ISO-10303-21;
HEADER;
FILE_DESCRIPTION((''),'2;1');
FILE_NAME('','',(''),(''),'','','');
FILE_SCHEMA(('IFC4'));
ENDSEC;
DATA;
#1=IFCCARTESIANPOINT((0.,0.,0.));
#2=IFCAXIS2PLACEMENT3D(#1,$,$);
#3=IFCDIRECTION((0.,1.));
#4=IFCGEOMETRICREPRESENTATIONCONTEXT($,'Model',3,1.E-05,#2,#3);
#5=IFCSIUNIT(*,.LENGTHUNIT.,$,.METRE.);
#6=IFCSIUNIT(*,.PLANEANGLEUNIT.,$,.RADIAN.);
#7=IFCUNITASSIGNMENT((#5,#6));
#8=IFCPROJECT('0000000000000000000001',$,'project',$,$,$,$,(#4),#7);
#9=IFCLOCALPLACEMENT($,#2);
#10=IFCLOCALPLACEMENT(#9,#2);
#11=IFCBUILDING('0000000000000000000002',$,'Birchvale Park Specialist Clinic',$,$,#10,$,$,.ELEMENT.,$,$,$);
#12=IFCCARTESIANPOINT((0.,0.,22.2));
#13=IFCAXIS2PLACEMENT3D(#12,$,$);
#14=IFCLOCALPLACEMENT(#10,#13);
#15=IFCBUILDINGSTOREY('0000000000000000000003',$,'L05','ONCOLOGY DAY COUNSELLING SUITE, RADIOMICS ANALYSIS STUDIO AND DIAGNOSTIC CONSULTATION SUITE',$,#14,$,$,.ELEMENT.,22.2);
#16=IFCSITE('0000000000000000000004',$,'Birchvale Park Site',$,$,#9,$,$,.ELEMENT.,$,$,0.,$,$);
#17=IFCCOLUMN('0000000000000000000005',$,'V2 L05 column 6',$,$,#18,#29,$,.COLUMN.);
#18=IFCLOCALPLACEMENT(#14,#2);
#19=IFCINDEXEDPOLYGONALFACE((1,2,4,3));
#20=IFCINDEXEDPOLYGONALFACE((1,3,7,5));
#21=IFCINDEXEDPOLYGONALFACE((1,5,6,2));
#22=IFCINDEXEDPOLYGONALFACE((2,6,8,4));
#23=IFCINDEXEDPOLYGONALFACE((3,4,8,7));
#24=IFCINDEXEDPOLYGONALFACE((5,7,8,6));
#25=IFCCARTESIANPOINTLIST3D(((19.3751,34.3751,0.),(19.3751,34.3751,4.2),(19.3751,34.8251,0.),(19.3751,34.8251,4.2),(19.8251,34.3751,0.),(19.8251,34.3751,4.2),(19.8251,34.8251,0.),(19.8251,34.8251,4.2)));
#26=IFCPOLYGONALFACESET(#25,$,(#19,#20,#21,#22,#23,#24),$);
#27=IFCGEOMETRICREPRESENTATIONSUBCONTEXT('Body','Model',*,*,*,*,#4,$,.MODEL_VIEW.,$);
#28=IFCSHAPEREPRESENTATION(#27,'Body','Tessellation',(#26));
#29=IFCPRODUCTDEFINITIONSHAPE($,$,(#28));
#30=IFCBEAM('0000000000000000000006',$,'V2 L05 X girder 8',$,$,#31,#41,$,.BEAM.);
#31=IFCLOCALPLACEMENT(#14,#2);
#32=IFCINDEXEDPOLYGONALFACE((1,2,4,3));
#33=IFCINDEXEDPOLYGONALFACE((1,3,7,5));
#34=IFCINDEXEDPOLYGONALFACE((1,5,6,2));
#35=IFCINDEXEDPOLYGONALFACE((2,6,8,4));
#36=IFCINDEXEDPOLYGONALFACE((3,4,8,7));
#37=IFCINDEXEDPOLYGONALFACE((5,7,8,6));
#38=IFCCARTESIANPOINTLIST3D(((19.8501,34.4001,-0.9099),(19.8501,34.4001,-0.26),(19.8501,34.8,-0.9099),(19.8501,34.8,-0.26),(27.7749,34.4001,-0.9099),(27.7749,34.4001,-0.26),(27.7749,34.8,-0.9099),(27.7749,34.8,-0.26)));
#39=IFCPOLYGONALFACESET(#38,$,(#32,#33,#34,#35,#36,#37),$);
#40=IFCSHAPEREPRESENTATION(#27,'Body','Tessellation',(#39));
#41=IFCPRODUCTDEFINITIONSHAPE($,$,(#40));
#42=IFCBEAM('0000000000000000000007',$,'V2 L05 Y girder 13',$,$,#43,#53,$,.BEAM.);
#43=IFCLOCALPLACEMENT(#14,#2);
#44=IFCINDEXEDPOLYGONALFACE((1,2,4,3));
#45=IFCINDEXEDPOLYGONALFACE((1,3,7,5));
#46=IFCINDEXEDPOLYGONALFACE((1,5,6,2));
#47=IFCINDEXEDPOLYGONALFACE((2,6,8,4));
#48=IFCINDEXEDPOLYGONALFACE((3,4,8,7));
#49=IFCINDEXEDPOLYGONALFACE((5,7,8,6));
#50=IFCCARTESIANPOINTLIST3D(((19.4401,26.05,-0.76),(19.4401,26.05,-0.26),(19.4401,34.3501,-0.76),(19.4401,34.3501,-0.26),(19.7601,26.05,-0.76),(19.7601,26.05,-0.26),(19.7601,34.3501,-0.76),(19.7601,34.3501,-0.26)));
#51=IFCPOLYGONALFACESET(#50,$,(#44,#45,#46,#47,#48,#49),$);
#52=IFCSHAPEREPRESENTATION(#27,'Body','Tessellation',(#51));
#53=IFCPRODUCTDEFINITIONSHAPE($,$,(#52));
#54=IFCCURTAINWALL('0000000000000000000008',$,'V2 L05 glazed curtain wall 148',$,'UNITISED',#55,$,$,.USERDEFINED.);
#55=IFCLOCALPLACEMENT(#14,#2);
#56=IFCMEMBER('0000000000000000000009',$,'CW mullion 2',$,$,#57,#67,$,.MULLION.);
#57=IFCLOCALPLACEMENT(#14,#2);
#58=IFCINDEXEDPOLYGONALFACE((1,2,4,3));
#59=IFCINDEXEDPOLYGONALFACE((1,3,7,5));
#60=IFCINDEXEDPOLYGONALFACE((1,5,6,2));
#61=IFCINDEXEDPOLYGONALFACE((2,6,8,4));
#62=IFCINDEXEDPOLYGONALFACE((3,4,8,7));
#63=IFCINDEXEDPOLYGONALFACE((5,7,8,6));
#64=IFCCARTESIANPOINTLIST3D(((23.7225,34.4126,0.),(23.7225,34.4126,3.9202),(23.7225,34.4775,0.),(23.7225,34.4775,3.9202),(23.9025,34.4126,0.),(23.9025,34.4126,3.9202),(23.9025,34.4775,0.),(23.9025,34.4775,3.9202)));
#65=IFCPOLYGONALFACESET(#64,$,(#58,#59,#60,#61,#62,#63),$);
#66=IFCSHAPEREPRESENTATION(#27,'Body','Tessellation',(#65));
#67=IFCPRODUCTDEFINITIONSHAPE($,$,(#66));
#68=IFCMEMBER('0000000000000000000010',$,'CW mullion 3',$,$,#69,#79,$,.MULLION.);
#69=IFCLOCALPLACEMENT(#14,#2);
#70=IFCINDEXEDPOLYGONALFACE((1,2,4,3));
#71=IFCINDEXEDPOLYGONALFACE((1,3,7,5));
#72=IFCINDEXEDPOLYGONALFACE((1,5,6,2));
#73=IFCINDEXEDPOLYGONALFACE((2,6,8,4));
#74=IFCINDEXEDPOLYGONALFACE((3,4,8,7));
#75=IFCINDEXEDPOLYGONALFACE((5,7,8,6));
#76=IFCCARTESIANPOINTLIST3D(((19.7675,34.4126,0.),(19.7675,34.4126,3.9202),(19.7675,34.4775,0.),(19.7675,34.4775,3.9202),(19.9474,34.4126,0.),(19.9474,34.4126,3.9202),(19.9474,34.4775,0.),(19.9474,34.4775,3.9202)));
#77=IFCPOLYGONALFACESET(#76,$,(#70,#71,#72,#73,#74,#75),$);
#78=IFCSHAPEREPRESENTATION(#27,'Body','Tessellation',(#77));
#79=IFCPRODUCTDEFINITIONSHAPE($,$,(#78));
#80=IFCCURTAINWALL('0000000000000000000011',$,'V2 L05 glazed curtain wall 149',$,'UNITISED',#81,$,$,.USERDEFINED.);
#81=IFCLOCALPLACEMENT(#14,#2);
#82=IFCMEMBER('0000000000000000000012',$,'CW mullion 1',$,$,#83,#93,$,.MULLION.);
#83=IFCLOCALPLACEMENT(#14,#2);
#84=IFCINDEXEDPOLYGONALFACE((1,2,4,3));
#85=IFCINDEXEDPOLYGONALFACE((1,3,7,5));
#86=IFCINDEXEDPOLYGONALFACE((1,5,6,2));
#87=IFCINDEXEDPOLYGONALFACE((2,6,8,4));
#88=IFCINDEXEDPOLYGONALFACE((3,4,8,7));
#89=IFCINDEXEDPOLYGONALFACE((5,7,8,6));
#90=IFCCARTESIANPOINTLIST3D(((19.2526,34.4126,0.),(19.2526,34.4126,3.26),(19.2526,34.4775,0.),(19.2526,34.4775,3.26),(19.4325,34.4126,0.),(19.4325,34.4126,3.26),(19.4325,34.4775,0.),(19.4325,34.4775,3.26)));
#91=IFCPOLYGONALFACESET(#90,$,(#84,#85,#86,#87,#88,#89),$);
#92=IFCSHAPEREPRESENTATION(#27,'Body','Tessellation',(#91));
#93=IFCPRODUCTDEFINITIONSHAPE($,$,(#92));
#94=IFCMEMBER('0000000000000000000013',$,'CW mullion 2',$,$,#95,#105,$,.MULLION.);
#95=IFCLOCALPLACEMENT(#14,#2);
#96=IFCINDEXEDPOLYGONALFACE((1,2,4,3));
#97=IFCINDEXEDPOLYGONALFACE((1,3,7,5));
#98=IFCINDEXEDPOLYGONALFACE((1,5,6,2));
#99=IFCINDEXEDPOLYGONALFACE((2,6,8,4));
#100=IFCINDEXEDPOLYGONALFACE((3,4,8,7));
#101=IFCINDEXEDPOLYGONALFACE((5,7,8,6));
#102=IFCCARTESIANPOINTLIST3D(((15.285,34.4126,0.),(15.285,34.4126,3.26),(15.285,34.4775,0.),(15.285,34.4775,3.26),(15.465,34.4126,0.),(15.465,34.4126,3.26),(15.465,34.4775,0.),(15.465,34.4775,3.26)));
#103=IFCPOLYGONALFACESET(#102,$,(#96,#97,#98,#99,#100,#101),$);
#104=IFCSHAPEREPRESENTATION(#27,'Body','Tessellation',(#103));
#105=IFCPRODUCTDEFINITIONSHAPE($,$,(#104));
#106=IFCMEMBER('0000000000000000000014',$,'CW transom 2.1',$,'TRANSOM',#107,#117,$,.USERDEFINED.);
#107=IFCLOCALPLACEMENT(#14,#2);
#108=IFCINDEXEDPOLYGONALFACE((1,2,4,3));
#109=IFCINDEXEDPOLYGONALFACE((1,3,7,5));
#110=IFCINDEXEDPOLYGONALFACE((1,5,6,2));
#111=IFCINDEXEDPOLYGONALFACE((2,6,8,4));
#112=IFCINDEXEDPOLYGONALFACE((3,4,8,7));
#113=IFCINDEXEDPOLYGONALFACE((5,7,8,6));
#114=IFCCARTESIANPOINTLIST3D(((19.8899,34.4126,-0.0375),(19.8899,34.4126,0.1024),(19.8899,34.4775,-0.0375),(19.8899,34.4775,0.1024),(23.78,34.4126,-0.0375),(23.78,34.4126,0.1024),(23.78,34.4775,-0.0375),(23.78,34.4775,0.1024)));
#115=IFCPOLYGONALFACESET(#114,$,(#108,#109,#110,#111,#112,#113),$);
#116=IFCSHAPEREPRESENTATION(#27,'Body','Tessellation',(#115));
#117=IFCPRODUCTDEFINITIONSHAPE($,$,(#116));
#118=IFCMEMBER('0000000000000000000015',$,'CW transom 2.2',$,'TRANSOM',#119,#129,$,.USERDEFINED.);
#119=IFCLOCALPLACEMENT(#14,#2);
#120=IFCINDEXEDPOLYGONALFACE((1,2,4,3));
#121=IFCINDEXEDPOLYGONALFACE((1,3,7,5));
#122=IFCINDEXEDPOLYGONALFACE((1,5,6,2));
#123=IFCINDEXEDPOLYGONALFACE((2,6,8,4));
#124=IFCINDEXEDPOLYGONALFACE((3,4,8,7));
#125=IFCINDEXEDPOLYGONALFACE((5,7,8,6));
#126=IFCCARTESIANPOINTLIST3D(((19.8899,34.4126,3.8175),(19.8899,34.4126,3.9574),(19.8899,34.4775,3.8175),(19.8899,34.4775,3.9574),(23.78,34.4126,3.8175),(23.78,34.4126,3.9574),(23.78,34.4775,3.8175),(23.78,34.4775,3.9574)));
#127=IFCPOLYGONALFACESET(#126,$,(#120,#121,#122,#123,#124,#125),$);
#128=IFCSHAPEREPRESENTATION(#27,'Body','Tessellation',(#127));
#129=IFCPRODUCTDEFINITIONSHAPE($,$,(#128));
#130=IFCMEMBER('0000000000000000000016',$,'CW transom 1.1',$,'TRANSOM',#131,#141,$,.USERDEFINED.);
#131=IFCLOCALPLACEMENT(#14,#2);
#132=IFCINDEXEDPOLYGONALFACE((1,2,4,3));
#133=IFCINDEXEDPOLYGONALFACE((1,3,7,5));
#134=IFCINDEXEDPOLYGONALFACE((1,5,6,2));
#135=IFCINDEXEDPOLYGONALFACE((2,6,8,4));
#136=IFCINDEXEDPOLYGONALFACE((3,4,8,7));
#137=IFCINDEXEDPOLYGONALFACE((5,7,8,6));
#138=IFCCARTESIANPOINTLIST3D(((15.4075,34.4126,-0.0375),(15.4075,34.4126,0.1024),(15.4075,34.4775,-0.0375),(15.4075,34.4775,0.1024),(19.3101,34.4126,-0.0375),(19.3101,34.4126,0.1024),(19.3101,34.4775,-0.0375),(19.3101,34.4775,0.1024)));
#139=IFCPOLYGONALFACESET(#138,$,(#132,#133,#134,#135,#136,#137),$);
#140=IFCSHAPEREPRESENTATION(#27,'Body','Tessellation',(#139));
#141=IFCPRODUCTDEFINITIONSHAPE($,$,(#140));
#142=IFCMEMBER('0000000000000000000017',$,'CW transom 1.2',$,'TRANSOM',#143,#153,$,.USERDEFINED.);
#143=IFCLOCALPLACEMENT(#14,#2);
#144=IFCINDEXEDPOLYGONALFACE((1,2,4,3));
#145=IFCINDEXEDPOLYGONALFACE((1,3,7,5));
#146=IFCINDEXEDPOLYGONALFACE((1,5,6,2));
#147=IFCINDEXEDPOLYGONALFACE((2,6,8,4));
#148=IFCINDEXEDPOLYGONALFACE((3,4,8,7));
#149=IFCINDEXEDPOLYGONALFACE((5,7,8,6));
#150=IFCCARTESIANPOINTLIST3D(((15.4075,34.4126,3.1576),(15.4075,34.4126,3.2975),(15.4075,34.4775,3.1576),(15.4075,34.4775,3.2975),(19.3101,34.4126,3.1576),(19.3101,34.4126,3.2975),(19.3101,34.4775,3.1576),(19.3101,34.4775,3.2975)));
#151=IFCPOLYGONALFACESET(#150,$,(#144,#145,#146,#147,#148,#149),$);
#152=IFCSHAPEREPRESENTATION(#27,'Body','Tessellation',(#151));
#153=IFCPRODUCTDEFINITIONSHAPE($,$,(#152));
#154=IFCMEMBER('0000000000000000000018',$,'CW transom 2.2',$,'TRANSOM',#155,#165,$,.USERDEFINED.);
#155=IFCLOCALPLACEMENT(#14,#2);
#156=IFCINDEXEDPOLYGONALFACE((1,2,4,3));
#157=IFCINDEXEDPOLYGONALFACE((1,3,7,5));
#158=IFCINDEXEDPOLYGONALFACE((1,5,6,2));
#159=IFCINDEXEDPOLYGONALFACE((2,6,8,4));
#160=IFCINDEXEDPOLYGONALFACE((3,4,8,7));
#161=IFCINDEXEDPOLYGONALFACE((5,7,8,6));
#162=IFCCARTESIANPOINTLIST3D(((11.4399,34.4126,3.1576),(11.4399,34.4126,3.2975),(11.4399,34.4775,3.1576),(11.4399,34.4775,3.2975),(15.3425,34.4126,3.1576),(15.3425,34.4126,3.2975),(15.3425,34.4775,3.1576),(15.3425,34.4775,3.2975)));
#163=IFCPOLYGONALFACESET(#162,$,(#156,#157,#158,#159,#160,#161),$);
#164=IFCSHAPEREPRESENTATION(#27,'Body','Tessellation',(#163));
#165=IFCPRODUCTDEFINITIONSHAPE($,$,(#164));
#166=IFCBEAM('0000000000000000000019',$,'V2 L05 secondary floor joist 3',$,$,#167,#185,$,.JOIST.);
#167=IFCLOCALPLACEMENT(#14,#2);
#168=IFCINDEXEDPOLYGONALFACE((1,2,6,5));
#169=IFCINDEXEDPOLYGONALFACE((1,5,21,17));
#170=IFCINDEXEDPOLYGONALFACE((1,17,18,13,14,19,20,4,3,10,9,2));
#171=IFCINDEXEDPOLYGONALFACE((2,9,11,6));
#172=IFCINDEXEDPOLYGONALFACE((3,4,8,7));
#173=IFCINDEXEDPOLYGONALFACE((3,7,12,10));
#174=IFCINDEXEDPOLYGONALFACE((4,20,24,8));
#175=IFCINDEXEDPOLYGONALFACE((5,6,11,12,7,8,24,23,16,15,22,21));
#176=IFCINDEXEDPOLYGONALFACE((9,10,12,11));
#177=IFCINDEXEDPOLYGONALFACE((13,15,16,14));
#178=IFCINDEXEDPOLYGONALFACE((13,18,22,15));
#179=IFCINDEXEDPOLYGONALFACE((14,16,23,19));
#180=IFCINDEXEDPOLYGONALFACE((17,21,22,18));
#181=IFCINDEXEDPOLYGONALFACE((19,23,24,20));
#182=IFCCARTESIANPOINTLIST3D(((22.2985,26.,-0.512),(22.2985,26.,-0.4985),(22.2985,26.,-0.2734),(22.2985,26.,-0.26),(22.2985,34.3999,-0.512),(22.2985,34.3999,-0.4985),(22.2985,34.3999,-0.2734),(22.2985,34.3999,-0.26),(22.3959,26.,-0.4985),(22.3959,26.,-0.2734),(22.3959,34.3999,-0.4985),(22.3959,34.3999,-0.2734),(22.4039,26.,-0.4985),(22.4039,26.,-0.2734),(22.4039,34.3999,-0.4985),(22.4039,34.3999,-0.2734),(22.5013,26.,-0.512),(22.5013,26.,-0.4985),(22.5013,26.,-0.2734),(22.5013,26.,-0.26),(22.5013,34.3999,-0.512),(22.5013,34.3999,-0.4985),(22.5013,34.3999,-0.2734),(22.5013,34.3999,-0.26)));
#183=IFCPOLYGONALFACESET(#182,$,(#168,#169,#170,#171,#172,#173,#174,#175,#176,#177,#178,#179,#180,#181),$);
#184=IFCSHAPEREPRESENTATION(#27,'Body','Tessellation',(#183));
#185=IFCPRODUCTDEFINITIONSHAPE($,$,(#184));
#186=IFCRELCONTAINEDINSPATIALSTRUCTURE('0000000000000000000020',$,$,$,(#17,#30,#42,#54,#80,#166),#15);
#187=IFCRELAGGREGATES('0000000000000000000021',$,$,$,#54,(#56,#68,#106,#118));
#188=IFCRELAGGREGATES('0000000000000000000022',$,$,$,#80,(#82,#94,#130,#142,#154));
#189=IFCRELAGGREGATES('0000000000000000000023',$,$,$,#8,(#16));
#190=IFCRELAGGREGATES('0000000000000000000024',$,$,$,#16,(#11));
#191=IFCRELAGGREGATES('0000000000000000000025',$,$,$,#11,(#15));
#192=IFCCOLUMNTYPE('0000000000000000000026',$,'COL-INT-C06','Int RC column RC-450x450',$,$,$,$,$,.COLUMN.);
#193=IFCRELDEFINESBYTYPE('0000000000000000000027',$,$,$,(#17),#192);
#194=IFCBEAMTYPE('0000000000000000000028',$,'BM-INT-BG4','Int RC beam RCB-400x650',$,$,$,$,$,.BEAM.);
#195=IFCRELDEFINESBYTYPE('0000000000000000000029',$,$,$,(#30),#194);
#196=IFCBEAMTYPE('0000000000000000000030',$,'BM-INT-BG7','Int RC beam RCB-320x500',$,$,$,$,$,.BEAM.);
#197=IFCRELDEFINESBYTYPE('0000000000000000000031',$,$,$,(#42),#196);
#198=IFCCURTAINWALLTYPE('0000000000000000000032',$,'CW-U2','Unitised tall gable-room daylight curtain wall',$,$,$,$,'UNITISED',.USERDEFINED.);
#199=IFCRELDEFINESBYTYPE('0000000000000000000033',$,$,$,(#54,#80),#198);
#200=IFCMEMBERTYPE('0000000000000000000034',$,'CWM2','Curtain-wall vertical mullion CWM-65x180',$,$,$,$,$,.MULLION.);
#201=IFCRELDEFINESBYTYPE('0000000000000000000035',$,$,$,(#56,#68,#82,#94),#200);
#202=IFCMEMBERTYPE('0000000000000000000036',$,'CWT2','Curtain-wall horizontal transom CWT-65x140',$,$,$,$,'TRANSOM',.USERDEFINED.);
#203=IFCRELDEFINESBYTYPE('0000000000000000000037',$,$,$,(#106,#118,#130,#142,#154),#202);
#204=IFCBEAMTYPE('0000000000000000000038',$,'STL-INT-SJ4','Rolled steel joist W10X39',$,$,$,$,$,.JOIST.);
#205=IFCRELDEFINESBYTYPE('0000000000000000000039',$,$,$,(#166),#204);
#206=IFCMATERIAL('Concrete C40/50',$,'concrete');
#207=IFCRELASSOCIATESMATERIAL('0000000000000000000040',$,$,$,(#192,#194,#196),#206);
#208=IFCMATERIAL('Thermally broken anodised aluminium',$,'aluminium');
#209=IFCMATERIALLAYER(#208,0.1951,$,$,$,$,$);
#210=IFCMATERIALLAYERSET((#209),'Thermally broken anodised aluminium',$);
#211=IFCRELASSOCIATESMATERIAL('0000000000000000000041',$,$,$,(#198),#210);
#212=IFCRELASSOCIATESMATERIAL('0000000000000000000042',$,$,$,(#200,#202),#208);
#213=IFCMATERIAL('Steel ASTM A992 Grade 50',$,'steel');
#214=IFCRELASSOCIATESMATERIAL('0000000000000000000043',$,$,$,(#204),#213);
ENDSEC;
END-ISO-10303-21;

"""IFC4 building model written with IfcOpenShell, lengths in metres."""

from ifc_helpers import new_model, si_unit, direction, frame, origin, origin_2d, place, context, subcontext, project, spatial, rectangle, i_section, extrude, material, layer, layer_set, material_profile, profile_set, type_object, element, aggregate, save


model = new_model("IFC4")

# Units and contexts
model_context = context("Model", 3, precision=1e-05, world=origin(), true_north=direction((0.0, 1.0)))
body_context = subcontext(model_context, "Body", "Model", "MODEL_VIEW")
ifc_project = project(units=[si_unit("LENGTHUNIT", "METRE"), si_unit("PLANEANGLEUNIT", "RADIAN")], contexts=[model_context])

# Site, building, storey
site_placement = place(None, origin())
site = spatial("IfcSite", under=ifc_project, at=site_placement, Name="Birchvale Park Site", CompositionType="ELEMENT", RefElevation=0.0)
building_placement = place(site_placement, origin())
building = spatial("IfcBuilding", under=site, at=building_placement, Name="Birchvale Park Specialist Clinic", CompositionType="ELEMENT")
storey_placement = place(building_placement, frame((0.0, 0.0, 22.2)))
storey = spatial("IfcBuildingStorey", under=building, at=storey_placement, Name="L05", Description="ONCOLOGY DAY COUNSELLING SUITE, RADIOMICS ANALYSIS STUDIO AND DIAGNOSTIC CONSULTATION SUITE", CompositionType="ELEMENT", Elevation=22.2)

# Column
ifc_material_1 = material(Name="Concrete C40/50", Category="concrete")
ifc_material_profile_1 = material_profile(ifc_material_1, rectangle(XDim=0.45, YDim=0.45, at=origin_2d()), Name="RC-450x450")
ifc_profile_set_1 = profile_set([ifc_material_profile_1], Name="Concrete C40/50")
column_type = type_object("IfcColumnType", Name="COL-INT-C06", Description="Int RC column RC-450x450", PredefinedType="COLUMN", material=ifc_profile_set_1)
column_placement = place(storey_placement, frame((19.6001, 34.6001, 0.0), z_axis=(0.0, 0.0, 1.0), x_axis=(1.0, 0.0, 0.0)))
element("IfcColumn", 1, at=column_placement, inside=storey, type_object=column_type, Name="V2 L05 column 6", PredefinedType="COLUMN", context=body_context, shape_type="SweptSolid", body=[
    extrude(rectangle(XDim=0.45, YDim=0.45, at=origin_2d()), origin(), (0.0, 0.0, 1.0), 4.2),
])

# Beams
ifc_material_profile_2 = material_profile(ifc_material_1, rectangle(XDim=0.3999, YDim=0.6499, at=origin_2d()), Name="RCB-400x650")
ifc_profile_set_2 = profile_set([ifc_material_profile_2], Name="Concrete C40/50")
beam_type_1 = type_object("IfcBeamType", Name="BM-INT-BG4", Description="Int RC beam RCB-400x650", PredefinedType="BEAM", material=ifc_profile_set_2)
beam_1_placement = place(storey_placement, frame((19.8501, 34.6001, -0.585), z_axis=(1.0, 0.0, 0.0), x_axis=(0.0, 1.0, 0.0)))
element("IfcBeam", 2, at=beam_1_placement, inside=storey, type_object=beam_type_1, Name="V2 L05 X girder 8", PredefinedType="BEAM", context=body_context, shape_type="SweptSolid", body=[
    extrude(rectangle(XDim=0.3999, YDim=0.6499, at=origin_2d()), origin(), (0.0, 0.0, 1.0), 7.9248),
])
ifc_material_profile_3 = material_profile(ifc_material_1, rectangle(XDim=0.3201, YDim=0.5, at=origin_2d()), Name="RCB-320x500")
ifc_profile_set_3 = profile_set([ifc_material_profile_3], Name="Concrete C40/50")
beam_type_2 = type_object("IfcBeamType", Name="BM-INT-BG7", Description="Int RC beam RCB-320x500", PredefinedType="BEAM", material=ifc_profile_set_3)
beam_2_placement = place(storey_placement, frame((19.6001, 26.05, -0.51), z_axis=(0.0, 1.0, 0.0), x_axis=(-1.0, 0.0, 0.0)))
element("IfcBeam", 3, at=beam_2_placement, inside=storey, type_object=beam_type_2, Name="V2 L05 Y girder 13", PredefinedType="BEAM", context=body_context, shape_type="SweptSolid", body=[
    extrude(rectangle(XDim=0.3201, YDim=0.5, at=origin_2d()), origin(), (0.0, 0.0, 1.0), 8.3),
])

# Curtain walls, members
ifc_material_2 = material(Name="Thermally broken anodised aluminium", Category="aluminium")
ifc_layer_1 = layer(ifc_material_2, 0.1951)
ifc_layer_set_1 = layer_set([ifc_layer_1], Name="Thermally broken anodised aluminium")
curtain_wall_type = type_object("IfcCurtainWallType", Name="CW-U2", Description="Unitised tall gable-room daylight curtain wall", ElementType="UNITISED", PredefinedType="USERDEFINED", material=ifc_layer_set_1)
curtain_wall_1_placement = place(storey_placement, origin())
curtain_wall_1 = element("IfcCurtainWall", 4, at=curtain_wall_1_placement, inside=storey, type_object=curtain_wall_type, Name="V2 L05 glazed curtain wall 148", ObjectType="UNITISED", PredefinedType="USERDEFINED")
ifc_material_profile_4 = material_profile(ifc_material_2, rectangle(XDim=0.0649, YDim=0.1799, at=origin_2d()), Name="CWM-65x180")
ifc_profile_set_4 = profile_set([ifc_material_profile_4], Name="Thermally broken anodised aluminium")
member_type_1 = type_object("IfcMemberType", Name="CWM2", Description="Curtain-wall vertical mullion CWM-65x180", PredefinedType="MULLION", material=ifc_profile_set_4)
member_1_placement = place(storey_placement, frame((23.8125, 34.4451, 0.0), z_axis=(0.0, 0.0, 1.0), x_axis=(0.0, -1.0, 0.0)))
member_1 = element("IfcMember", 5, at=member_1_placement, type_object=member_type_1, Name="CW mullion 2", PredefinedType="MULLION", context=body_context, shape_type="SweptSolid", body=[
    extrude(rectangle(XDim=0.0649, YDim=0.1799, at=origin_2d()), origin(), (0.0, 0.0, 1.0), 3.9202),
])
member_2_placement = place(storey_placement, frame((19.8574, 34.4451, 0.0), z_axis=(0.0, 0.0, 1.0), x_axis=(0.0, -1.0, 0.0)))
member_2 = element("IfcMember", 6, at=member_2_placement, type_object=member_type_1, Name="CW mullion 3", PredefinedType="MULLION", context=body_context, shape_type="SweptSolid", body=[
    extrude(rectangle(XDim=0.0649, YDim=0.1799, at=origin_2d()), origin(), (0.0, 0.0, 1.0), 3.9202),
])
curtain_wall_2_placement = place(storey_placement, origin())
curtain_wall_2 = element("IfcCurtainWall", 7, at=curtain_wall_2_placement, inside=storey, type_object=curtain_wall_type, Name="V2 L05 glazed curtain wall 149", ObjectType="UNITISED", PredefinedType="USERDEFINED")
member_3_placement = place(storey_placement, frame((19.3425, 34.4451, 0.0), z_axis=(0.0, 0.0, 1.0), x_axis=(0.0, -1.0, 0.0)))
member_3 = element("IfcMember", 8, at=member_3_placement, type_object=member_type_1, Name="CW mullion 1", PredefinedType="MULLION", context=body_context, shape_type="SweptSolid", body=[
    extrude(rectangle(XDim=0.0649, YDim=0.1799, at=origin_2d()), origin(), (0.0, 0.0, 1.0), 3.26),
])
member_4_placement = place(storey_placement, frame((15.375, 34.4451, 0.0), z_axis=(0.0, 0.0, 1.0), x_axis=(0.0, -1.0, 0.0)))
member_4 = element("IfcMember", 9, at=member_4_placement, type_object=member_type_1, Name="CW mullion 2", PredefinedType="MULLION", context=body_context, shape_type="SweptSolid", body=[
    extrude(rectangle(XDim=0.0649, YDim=0.1799, at=origin_2d()), origin(), (0.0, 0.0, 1.0), 3.26),
])

# Members
ifc_material_profile_5 = material_profile(ifc_material_2, rectangle(XDim=0.0649, YDim=0.1399, at=origin_2d()), Name="CWT-65x140")
ifc_profile_set_5 = profile_set([ifc_material_profile_5], Name="Thermally broken anodised aluminium")
member_type_2 = type_object("IfcMemberType", Name="CWT2", Description="Curtain-wall horizontal transom CWT-65x140", ElementType="TRANSOM", PredefinedType="USERDEFINED", material=ifc_profile_set_5)
member_5_placement = place(storey_placement, frame((23.78, 34.4451, 0.0325), z_axis=(-1.0, 0.0, 0.0), x_axis=(0.0, -1.0, 0.0)))
member_5 = element("IfcMember", 10, at=member_5_placement, type_object=member_type_2, Name="CW transom 2.1", ObjectType="TRANSOM", PredefinedType="USERDEFINED", context=body_context, shape_type="SweptSolid", body=[
    extrude(rectangle(XDim=0.0649, YDim=0.1399, at=origin_2d()), origin(), (0.0, 0.0, 1.0), 3.8901),
])
member_6_placement = place(storey_placement, frame((23.78, 34.4451, 3.8875), z_axis=(-1.0, 0.0, 0.0), x_axis=(0.0, -1.0, 0.0)))
member_6 = element("IfcMember", 11, at=member_6_placement, type_object=member_type_2, Name="CW transom 2.2", ObjectType="TRANSOM", PredefinedType="USERDEFINED", context=body_context, shape_type="SweptSolid", body=[
    extrude(rectangle(XDim=0.0649, YDim=0.1399, at=origin_2d()), origin(), (0.0, 0.0, 1.0), 3.8901),
])
member_7_placement = place(storey_placement, frame((19.3101, 34.4451, 0.0325), z_axis=(-1.0, 0.0, 0.0), x_axis=(0.0, -1.0, 0.0)))
member_7 = element("IfcMember", 12, at=member_7_placement, type_object=member_type_2, Name="CW transom 1.1", ObjectType="TRANSOM", PredefinedType="USERDEFINED", context=body_context, shape_type="SweptSolid", body=[
    extrude(rectangle(XDim=0.0649, YDim=0.1399, at=origin_2d()), origin(), (0.0, 0.0, 1.0), 3.9026),
])
member_8_placement = place(storey_placement, frame((19.3101, 34.4451, 3.2275), z_axis=(-1.0, 0.0, 0.0), x_axis=(0.0, -1.0, 0.0)))
member_8 = element("IfcMember", 13, at=member_8_placement, type_object=member_type_2, Name="CW transom 1.2", ObjectType="TRANSOM", PredefinedType="USERDEFINED", context=body_context, shape_type="SweptSolid", body=[
    extrude(rectangle(XDim=0.0649, YDim=0.1399, at=origin_2d()), origin(), (0.0, 0.0, 1.0), 3.9026),
])
member_9_placement = place(storey_placement, frame((15.3425, 34.4451, 3.2275), z_axis=(-1.0, 0.0, 0.0), x_axis=(0.0, -1.0, 0.0)))
member_9 = element("IfcMember", 14, at=member_9_placement, type_object=member_type_2, Name="CW transom 2.2", ObjectType="TRANSOM", PredefinedType="USERDEFINED", context=body_context, shape_type="SweptSolid", body=[
    extrude(rectangle(XDim=0.0649, YDim=0.1399, at=origin_2d()), origin(), (0.0, 0.0, 1.0), 3.9026),
])

# Beam
ifc_material_3 = material(Name="Steel ASTM A992 Grade 50", Category="steel")
ifc_material_profile_6 = material_profile(ifc_material_3, i_section(OverallWidth=0.2029, OverallDepth=0.252, WebThickness=0.0081, FlangeThickness=0.0134, at=origin_2d()), Name="W10X39")
ifc_profile_set_6 = profile_set([ifc_material_profile_6], Name="Steel ASTM A992 Grade 50")
beam_type_3 = type_object("IfcBeamType", Name="STL-INT-SJ4", Description="Rolled steel joist W10X39", PredefinedType="JOIST", material=ifc_profile_set_6)
beam_3_placement = place(storey_placement, frame((22.3999, 26.0, -0.386), z_axis=(0.0, 1.0, 0.0), x_axis=(-1.0, 0.0, 0.0)))
element("IfcBeam", 15, at=beam_3_placement, inside=storey, type_object=beam_type_3, Name="V2 L05 secondary floor joist 3", PredefinedType="JOIST", context=body_context, shape_type="SweptSolid", body=[
    extrude(i_section(OverallWidth=0.2029, OverallDepth=0.252, WebThickness=0.0081, FlangeThickness=0.0134, at=origin_2d()), origin(), (0.0, 0.0, 1.0), 8.3999),
])

aggregate(curtain_wall_1, [member_1, member_2, member_5, member_6])
aggregate(curtain_wall_2, [member_3, member_4, member_7, member_8, member_9])

save(model, "model.ifc")
